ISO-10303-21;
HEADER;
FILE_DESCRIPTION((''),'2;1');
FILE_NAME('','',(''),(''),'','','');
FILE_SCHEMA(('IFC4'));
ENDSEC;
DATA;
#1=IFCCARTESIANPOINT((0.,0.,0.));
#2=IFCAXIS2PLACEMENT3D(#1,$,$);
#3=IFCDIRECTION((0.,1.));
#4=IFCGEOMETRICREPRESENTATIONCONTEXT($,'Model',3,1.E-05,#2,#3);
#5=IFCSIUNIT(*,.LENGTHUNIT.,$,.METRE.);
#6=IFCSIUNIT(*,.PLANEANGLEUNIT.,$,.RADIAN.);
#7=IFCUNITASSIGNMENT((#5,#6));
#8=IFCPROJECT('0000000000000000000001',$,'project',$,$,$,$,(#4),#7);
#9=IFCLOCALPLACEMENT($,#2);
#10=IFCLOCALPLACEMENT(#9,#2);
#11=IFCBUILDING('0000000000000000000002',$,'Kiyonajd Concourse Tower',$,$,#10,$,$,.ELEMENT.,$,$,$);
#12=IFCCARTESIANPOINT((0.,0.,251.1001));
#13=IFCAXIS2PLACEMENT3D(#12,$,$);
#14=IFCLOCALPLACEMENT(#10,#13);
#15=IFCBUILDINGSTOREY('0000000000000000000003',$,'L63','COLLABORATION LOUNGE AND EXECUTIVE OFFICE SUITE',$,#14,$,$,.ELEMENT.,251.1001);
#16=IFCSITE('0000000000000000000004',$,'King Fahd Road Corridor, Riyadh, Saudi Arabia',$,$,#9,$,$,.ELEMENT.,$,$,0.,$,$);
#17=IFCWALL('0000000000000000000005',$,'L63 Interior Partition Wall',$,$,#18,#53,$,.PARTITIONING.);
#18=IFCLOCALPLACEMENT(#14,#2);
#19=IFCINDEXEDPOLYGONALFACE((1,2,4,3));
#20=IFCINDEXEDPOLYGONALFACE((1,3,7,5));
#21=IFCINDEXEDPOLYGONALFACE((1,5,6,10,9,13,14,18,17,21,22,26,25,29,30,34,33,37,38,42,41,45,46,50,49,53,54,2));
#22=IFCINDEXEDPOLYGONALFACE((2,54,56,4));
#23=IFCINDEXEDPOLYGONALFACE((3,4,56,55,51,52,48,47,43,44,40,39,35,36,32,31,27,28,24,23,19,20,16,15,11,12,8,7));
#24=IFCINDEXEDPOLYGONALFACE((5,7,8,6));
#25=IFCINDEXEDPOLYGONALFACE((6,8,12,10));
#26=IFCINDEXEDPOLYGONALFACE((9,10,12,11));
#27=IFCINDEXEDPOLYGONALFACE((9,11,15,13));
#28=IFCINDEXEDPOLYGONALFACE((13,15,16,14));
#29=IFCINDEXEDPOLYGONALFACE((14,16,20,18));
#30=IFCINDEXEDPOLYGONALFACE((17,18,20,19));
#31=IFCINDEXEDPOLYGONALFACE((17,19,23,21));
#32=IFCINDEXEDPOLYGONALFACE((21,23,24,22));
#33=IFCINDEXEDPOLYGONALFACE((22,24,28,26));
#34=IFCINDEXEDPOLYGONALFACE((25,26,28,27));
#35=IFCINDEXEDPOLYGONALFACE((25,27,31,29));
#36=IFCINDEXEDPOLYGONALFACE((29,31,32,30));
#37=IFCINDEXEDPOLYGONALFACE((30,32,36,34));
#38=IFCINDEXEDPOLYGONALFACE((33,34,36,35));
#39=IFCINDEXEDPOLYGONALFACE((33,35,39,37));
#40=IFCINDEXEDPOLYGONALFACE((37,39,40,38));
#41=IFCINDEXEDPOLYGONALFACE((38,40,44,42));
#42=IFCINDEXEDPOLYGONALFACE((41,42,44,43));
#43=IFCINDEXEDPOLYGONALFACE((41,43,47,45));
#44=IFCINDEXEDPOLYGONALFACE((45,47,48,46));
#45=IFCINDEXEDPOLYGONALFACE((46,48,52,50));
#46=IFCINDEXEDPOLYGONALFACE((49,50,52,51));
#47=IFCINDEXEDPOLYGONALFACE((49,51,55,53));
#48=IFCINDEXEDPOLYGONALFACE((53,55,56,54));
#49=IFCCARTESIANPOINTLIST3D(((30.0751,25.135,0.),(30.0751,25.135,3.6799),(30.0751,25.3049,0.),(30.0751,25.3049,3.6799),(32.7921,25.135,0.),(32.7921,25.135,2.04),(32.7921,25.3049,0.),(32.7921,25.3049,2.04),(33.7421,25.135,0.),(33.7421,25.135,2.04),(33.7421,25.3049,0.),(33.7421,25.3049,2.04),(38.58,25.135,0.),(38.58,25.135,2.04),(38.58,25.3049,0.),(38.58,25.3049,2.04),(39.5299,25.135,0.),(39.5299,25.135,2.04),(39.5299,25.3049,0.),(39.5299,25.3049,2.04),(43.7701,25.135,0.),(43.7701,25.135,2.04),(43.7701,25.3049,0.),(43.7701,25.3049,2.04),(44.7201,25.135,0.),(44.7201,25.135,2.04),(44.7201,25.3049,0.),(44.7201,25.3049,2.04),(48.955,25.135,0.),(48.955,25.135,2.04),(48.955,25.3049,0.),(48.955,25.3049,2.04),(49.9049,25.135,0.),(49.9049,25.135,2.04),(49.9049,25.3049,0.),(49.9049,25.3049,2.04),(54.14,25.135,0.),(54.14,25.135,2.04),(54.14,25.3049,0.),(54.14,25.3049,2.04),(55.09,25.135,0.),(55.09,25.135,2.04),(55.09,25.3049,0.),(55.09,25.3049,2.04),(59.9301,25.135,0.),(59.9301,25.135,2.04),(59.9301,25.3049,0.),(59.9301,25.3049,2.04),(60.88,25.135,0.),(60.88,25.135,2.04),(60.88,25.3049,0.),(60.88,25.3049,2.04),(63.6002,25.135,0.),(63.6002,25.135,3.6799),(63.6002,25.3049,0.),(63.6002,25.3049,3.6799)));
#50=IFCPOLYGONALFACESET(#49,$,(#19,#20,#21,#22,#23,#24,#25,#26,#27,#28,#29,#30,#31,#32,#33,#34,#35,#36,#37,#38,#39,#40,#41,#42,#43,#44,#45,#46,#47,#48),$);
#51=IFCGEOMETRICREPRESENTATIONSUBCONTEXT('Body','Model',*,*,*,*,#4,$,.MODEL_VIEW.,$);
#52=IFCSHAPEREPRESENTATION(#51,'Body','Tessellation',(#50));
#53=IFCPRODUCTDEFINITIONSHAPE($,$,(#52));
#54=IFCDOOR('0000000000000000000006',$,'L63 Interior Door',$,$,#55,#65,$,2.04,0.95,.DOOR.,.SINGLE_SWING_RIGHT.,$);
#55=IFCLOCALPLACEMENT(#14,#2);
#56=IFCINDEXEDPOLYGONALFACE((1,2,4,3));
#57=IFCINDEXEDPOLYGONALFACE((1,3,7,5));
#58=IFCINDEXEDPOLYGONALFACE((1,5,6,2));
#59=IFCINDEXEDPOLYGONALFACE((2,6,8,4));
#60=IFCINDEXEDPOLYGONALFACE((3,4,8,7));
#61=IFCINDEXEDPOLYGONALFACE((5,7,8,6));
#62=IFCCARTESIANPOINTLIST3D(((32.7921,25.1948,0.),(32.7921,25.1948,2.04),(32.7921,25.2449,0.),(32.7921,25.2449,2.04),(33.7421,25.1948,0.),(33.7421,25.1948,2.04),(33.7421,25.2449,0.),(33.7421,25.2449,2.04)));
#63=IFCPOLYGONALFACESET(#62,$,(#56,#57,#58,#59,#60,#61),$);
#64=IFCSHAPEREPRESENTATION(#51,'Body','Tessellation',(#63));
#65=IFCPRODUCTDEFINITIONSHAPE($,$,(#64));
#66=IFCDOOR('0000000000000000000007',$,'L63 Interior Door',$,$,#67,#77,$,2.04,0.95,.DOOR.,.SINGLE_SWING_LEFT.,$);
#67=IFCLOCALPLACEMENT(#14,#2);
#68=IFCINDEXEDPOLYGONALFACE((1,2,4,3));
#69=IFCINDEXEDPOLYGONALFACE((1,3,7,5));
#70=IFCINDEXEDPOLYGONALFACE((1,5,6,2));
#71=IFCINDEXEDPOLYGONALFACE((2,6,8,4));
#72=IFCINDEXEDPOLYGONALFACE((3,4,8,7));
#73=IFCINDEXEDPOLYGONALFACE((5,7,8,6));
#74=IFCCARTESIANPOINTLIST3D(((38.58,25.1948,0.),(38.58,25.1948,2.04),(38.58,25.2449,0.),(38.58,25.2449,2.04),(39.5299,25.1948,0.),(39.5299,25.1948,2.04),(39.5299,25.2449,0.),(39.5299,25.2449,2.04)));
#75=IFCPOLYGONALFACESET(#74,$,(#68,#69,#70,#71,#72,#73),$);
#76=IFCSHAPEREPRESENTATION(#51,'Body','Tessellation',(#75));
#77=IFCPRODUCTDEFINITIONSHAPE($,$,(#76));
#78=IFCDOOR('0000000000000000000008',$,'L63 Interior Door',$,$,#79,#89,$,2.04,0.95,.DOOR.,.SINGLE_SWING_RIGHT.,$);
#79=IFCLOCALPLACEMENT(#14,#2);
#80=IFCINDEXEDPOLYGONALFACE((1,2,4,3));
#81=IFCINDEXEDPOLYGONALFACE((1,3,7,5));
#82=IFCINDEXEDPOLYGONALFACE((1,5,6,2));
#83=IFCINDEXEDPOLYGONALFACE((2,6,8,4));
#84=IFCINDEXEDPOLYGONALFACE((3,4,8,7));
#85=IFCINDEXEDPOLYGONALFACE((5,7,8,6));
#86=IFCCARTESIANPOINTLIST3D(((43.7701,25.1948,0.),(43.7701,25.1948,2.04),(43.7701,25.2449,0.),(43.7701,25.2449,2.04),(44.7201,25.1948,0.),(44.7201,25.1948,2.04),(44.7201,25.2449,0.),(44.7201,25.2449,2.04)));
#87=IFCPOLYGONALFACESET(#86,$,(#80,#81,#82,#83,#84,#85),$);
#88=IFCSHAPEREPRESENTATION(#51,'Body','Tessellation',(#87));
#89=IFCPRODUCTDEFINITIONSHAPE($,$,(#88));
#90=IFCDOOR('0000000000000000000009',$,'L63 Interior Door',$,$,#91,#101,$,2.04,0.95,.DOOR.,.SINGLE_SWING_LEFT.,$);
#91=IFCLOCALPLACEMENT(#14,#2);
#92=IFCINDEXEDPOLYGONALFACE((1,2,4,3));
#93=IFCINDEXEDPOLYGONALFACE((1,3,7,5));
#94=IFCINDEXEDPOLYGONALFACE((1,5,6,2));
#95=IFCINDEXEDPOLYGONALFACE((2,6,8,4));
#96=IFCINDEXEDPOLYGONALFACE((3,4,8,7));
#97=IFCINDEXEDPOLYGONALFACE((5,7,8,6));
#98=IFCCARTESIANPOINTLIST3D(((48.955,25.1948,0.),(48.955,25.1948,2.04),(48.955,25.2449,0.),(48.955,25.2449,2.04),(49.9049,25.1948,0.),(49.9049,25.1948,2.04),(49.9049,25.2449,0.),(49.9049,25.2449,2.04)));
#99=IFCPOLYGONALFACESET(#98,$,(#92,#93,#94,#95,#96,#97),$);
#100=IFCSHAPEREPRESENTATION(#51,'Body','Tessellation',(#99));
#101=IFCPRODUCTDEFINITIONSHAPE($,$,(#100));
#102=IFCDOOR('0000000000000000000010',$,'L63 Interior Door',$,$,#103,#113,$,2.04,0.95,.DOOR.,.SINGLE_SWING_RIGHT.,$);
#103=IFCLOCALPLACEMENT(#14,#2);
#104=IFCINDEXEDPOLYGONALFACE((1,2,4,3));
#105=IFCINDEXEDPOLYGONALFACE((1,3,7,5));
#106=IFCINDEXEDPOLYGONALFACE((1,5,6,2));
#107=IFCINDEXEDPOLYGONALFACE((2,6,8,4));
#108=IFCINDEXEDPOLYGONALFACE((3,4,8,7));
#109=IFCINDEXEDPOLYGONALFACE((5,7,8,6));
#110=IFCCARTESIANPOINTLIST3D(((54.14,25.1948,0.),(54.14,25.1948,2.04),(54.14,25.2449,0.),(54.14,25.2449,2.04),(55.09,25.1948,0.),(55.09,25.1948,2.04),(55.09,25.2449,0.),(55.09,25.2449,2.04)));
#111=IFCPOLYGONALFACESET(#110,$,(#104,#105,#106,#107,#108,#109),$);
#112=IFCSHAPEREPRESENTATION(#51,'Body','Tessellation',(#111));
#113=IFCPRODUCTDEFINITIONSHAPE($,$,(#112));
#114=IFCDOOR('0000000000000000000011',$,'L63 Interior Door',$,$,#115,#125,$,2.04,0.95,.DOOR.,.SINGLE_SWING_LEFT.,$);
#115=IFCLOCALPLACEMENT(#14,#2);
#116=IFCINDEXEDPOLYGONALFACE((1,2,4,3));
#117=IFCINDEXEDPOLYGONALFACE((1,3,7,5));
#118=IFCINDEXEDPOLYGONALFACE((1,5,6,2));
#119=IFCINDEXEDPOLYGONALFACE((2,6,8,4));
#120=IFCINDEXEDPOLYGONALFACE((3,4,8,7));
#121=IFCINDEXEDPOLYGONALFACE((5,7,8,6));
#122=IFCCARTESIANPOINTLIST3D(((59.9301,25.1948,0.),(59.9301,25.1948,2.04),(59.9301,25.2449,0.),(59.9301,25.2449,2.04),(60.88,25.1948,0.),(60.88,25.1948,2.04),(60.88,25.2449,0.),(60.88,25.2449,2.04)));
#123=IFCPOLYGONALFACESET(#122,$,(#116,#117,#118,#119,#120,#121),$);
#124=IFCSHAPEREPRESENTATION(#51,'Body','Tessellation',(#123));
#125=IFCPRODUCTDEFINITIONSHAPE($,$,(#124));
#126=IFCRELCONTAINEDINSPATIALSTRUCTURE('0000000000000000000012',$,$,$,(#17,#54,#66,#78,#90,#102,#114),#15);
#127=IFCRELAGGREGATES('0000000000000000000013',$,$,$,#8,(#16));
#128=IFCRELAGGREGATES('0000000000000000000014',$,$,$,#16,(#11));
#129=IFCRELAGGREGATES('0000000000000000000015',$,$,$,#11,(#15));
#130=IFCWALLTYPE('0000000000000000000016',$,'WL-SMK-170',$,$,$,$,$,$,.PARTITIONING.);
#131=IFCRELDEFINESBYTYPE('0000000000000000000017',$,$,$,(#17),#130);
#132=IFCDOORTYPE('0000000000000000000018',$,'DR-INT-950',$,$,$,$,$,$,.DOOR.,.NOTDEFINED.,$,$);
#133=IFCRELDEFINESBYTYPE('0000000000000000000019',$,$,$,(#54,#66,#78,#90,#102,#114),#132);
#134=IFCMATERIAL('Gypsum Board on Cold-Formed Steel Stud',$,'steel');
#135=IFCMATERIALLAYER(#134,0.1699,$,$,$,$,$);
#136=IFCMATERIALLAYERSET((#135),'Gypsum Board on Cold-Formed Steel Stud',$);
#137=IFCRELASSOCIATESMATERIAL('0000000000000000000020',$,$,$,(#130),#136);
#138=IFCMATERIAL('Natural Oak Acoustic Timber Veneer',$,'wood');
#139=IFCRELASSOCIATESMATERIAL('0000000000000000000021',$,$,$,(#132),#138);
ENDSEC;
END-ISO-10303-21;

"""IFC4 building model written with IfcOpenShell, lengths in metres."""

from ifc_helpers import new_model, si_unit, direction, frame, frame_2d, origin, place, context, subcontext, project, spatial, rectangle, extrude, material, layer, layer_set, type_object, element, fill, save


model = new_model("IFC4")

# Units and contexts
model_context = context("Model", 3, precision=1e-05, world=origin(), true_north=direction((0.0, 1.0)))
body_context = subcontext(model_context, "Body", "Model", "MODEL_VIEW")
ifc_project = project(units=[si_unit("LENGTHUNIT", "METRE"), si_unit("PLANEANGLEUNIT", "RADIAN")], contexts=[model_context])

# Site, building, storey
site_placement = place(None, origin())
site = spatial("IfcSite", under=ifc_project, at=site_placement, Name="King Fahd Road Corridor, Riyadh, Saudi Arabia", CompositionType="ELEMENT", RefElevation=0.0)
building_placement = place(site_placement, origin())
building = spatial("IfcBuilding", under=site, at=building_placement, Name="Kiyonajd Concourse Tower", CompositionType="ELEMENT")
storey_placement = place(building_placement, frame((0.0, 0.0, 251.1001)))
storey = spatial("IfcBuildingStorey", under=building, at=storey_placement, Name="L63", Description="COLLABORATION LOUNGE AND EXECUTIVE OFFICE SUITE", CompositionType="ELEMENT", Elevation=251.1001)

# Wall, openings, doors
ifc_material_1 = material(Name="Gypsum Board on Cold-Formed Steel Stud", Category="steel")
ifc_layer_1 = layer(ifc_material_1, 0.1699)
ifc_layer_set_1 = layer_set([ifc_layer_1], Name="Gypsum Board on Cold-Formed Steel Stud")
wall_type_1 = type_object("IfcWallType", Name="WL-SMK-170", PredefinedType="PARTITIONING", material=ifc_layer_set_1)
wall_1_placement = place(storey_placement, frame((30.075, 25.22, 0.0), z_axis=(0.0, 0.0, 1.0), x_axis=(1.0, 0.0, 0.0)))
wall_1 = element("IfcWall", 1, at=wall_1_placement, inside=storey, type_object=wall_type_1, Name="L63 Interior Partition Wall", PredefinedType="PARTITIONING", context=body_context, shape_type="SweptSolid", body=[
    extrude(rectangle(XDim=33.5251, YDim=0.1699, at=frame_2d((16.7627, 0.0))), origin(), (0.0, 0.0, 1.0), 3.6799),
])
opening_1_placement = place(wall_1_placement, frame((2.717, 0.0, 0.0)))
opening_1 = element("IfcOpeningElement", 2, at=opening_1_placement, cuts=wall_1, PredefinedType="OPENING", context=body_context, shape_type="SweptSolid", body=[
    extrude(rectangle(XDim=0.95, YDim=2.04, at=frame_2d((0.4751, 1.02))), frame((0.0, 0.095, 0.0), z_axis=(0.0, -1.0, 0.0), x_axis=(1.0, 0.0, 0.0)), (0.0, 0.0, 1.0), 0.1899),
])
opening_2_placement = place(wall_1_placement, frame((8.5049, 0.0, 0.0)))
opening_2 = element("IfcOpeningElement", 3, at=opening_2_placement, cuts=wall_1, PredefinedType="OPENING", context=body_context, shape_type="SweptSolid", body=[
    extrude(rectangle(XDim=0.95, YDim=2.04, at=frame_2d((0.4751, 1.02))), frame((0.0, 0.095, 0.0), z_axis=(0.0, -1.0, 0.0), x_axis=(1.0, 0.0, 0.0)), (0.0, 0.0, 1.0), 0.1899),
])
opening_3_placement = place(wall_1_placement, frame((13.6951, 0.0, 0.0)))
opening_3 = element("IfcOpeningElement", 4, at=opening_3_placement, cuts=wall_1, PredefinedType="OPENING", context=body_context, shape_type="SweptSolid", body=[
    extrude(rectangle(XDim=0.95, YDim=2.04, at=frame_2d((0.4751, 1.02))), frame((0.0, 0.095, 0.0), z_axis=(0.0, -1.0, 0.0), x_axis=(1.0, 0.0, 0.0)), (0.0, 0.0, 1.0), 0.1899),
])
opening_4_placement = place(wall_1_placement, frame((18.8799, 0.0, 0.0)))
opening_4 = element("IfcOpeningElement", 5, at=opening_4_placement, cuts=wall_1, PredefinedType="OPENING", context=body_context, shape_type="SweptSolid", body=[
    extrude(rectangle(XDim=0.95, YDim=2.04, at=frame_2d((0.4751, 1.02))), frame((0.0, 0.095, 0.0), z_axis=(0.0, -1.0, 0.0), x_axis=(1.0, 0.0, 0.0)), (0.0, 0.0, 1.0), 0.1899),
])
opening_5_placement = place(wall_1_placement, frame((24.0649, 0.0, 0.0)))
opening_5 = element("IfcOpeningElement", 6, at=opening_5_placement, cuts=wall_1, PredefinedType="OPENING", context=body_context, shape_type="SweptSolid", body=[
    extrude(rectangle(XDim=0.95, YDim=2.04, at=frame_2d((0.4751, 1.02))), frame((0.0, 0.095, 0.0), z_axis=(0.0, -1.0, 0.0), x_axis=(1.0, 0.0, 0.0)), (0.0, 0.0, 1.0), 0.1899),
])
opening_6_placement = place(wall_1_placement, frame((29.855, 0.0, 0.0)))
opening_6 = element("IfcOpeningElement", 7, at=opening_6_placement, cuts=wall_1, PredefinedType="OPENING", context=body_context, shape_type="SweptSolid", body=[
    extrude(rectangle(XDim=0.95, YDim=2.04, at=frame_2d((0.4751, 1.02))), frame((0.0, 0.095, 0.0), z_axis=(0.0, -1.0, 0.0), x_axis=(1.0, 0.0, 0.0)), (0.0, 0.0, 1.0), 0.1899),
])
ifc_material_2 = material(Name="Natural Oak Acoustic Timber Veneer", Category="wood")
door_type = type_object("IfcDoorType", Name="DR-INT-950", OperationType="NOTDEFINED", PredefinedType="DOOR", material=ifc_material_2)
door_1_placement = place(opening_1_placement, origin())
door_1 = element("IfcDoor", 8, at=door_1_placement, inside=storey, type_object=door_type, Name="L63 Interior Door", OperationType="SINGLE_SWING_RIGHT", OverallHeight=2.04, OverallWidth=0.95, PredefinedType="DOOR", context=body_context, shape_type="SweptSolid", body=[
    extrude(rectangle(XDim=0.95, YDim=2.04, at=frame_2d((0.4751, 1.02))), frame((0.0, 0.0249, 0.0), z_axis=(0.0, -1.0, 0.0), x_axis=(1.0, 0.0, 0.0)), (0.0, 0.0, 1.0), 0.05),
])
fill(opening_1, door_1)
door_2_placement = place(opening_2_placement, origin())
door_2 = element("IfcDoor", 9, at=door_2_placement, inside=storey, type_object=door_type, Name="L63 Interior Door", OperationType="SINGLE_SWING_LEFT", OverallHeight=2.04, OverallWidth=0.95, PredefinedType="DOOR", context=body_context, shape_type="SweptSolid", body=[
    extrude(rectangle(XDim=0.95, YDim=2.04, at=frame_2d((0.4751, 1.02))), frame((0.0, 0.0249, 0.0), z_axis=(0.0, -1.0, 0.0), x_axis=(1.0, 0.0, 0.0)), (0.0, 0.0, 1.0), 0.05),
])
fill(opening_2, door_2)
door_3_placement = place(opening_3_placement, origin())
door_3 = element("IfcDoor", 10, at=door_3_placement, inside=storey, type_object=door_type, Name="L63 Interior Door", OperationType="SINGLE_SWING_RIGHT", OverallHeight=2.04, OverallWidth=0.95, PredefinedType="DOOR", context=body_context, shape_type="SweptSolid", body=[
    extrude(rectangle(XDim=0.95, YDim=2.04, at=frame_2d((0.4751, 1.02))), frame((0.0, 0.0249, 0.0), z_axis=(0.0, -1.0, 0.0), x_axis=(1.0, 0.0, 0.0)), (0.0, 0.0, 1.0), 0.05),
])
fill(opening_3, door_3)
door_4_placement = place(opening_4_placement, origin())
door_4 = element("IfcDoor", 11, at=door_4_placement, inside=storey, type_object=door_type, Name="L63 Interior Door", OperationType="SINGLE_SWING_LEFT", OverallHeight=2.04, OverallWidth=0.95, PredefinedType="DOOR", context=body_context, shape_type="SweptSolid", body=[
    extrude(rectangle(XDim=0.95, YDim=2.04, at=frame_2d((0.4751, 1.02))), frame((0.0, 0.0249, 0.0), z_axis=(0.0, -1.0, 0.0), x_axis=(1.0, 0.0, 0.0)), (0.0, 0.0, 1.0), 0.05),
])
fill(opening_4, door_4)
door_5_placement = place(opening_5_placement, origin())
door_5 = element("IfcDoor", 12, at=door_5_placement, inside=storey, type_object=door_type, Name="L63 Interior Door", OperationType="SINGLE_SWING_RIGHT", OverallHeight=2.04, OverallWidth=0.95, PredefinedType="DOOR", context=body_context, shape_type="SweptSolid", body=[
    extrude(rectangle(XDim=0.95, YDim=2.04, at=frame_2d((0.4751, 1.02))), frame((0.0, 0.0249, 0.0), z_axis=(0.0, -1.0, 0.0), x_axis=(1.0, 0.0, 0.0)), (0.0, 0.0, 1.0), 0.05),
])
fill(opening_5, door_5)
door_6_placement = place(opening_6_placement, origin())
door_6 = element("IfcDoor", 13, at=door_6_placement, inside=storey, type_object=door_type, Name="L63 Interior Door", OperationType="SINGLE_SWING_LEFT", OverallHeight=2.04, OverallWidth=0.95, PredefinedType="DOOR", context=body_context, shape_type="SweptSolid", body=[
    extrude(rectangle(XDim=0.95, YDim=2.04, at=frame_2d((0.4751, 1.02))), frame((0.0, 0.0249, 0.0), z_axis=(0.0, -1.0, 0.0), x_axis=(1.0, 0.0, 0.0)), (0.0, 0.0, 1.0), 0.05),
])
fill(opening_6, door_6)

save(model, "model.ifc")
